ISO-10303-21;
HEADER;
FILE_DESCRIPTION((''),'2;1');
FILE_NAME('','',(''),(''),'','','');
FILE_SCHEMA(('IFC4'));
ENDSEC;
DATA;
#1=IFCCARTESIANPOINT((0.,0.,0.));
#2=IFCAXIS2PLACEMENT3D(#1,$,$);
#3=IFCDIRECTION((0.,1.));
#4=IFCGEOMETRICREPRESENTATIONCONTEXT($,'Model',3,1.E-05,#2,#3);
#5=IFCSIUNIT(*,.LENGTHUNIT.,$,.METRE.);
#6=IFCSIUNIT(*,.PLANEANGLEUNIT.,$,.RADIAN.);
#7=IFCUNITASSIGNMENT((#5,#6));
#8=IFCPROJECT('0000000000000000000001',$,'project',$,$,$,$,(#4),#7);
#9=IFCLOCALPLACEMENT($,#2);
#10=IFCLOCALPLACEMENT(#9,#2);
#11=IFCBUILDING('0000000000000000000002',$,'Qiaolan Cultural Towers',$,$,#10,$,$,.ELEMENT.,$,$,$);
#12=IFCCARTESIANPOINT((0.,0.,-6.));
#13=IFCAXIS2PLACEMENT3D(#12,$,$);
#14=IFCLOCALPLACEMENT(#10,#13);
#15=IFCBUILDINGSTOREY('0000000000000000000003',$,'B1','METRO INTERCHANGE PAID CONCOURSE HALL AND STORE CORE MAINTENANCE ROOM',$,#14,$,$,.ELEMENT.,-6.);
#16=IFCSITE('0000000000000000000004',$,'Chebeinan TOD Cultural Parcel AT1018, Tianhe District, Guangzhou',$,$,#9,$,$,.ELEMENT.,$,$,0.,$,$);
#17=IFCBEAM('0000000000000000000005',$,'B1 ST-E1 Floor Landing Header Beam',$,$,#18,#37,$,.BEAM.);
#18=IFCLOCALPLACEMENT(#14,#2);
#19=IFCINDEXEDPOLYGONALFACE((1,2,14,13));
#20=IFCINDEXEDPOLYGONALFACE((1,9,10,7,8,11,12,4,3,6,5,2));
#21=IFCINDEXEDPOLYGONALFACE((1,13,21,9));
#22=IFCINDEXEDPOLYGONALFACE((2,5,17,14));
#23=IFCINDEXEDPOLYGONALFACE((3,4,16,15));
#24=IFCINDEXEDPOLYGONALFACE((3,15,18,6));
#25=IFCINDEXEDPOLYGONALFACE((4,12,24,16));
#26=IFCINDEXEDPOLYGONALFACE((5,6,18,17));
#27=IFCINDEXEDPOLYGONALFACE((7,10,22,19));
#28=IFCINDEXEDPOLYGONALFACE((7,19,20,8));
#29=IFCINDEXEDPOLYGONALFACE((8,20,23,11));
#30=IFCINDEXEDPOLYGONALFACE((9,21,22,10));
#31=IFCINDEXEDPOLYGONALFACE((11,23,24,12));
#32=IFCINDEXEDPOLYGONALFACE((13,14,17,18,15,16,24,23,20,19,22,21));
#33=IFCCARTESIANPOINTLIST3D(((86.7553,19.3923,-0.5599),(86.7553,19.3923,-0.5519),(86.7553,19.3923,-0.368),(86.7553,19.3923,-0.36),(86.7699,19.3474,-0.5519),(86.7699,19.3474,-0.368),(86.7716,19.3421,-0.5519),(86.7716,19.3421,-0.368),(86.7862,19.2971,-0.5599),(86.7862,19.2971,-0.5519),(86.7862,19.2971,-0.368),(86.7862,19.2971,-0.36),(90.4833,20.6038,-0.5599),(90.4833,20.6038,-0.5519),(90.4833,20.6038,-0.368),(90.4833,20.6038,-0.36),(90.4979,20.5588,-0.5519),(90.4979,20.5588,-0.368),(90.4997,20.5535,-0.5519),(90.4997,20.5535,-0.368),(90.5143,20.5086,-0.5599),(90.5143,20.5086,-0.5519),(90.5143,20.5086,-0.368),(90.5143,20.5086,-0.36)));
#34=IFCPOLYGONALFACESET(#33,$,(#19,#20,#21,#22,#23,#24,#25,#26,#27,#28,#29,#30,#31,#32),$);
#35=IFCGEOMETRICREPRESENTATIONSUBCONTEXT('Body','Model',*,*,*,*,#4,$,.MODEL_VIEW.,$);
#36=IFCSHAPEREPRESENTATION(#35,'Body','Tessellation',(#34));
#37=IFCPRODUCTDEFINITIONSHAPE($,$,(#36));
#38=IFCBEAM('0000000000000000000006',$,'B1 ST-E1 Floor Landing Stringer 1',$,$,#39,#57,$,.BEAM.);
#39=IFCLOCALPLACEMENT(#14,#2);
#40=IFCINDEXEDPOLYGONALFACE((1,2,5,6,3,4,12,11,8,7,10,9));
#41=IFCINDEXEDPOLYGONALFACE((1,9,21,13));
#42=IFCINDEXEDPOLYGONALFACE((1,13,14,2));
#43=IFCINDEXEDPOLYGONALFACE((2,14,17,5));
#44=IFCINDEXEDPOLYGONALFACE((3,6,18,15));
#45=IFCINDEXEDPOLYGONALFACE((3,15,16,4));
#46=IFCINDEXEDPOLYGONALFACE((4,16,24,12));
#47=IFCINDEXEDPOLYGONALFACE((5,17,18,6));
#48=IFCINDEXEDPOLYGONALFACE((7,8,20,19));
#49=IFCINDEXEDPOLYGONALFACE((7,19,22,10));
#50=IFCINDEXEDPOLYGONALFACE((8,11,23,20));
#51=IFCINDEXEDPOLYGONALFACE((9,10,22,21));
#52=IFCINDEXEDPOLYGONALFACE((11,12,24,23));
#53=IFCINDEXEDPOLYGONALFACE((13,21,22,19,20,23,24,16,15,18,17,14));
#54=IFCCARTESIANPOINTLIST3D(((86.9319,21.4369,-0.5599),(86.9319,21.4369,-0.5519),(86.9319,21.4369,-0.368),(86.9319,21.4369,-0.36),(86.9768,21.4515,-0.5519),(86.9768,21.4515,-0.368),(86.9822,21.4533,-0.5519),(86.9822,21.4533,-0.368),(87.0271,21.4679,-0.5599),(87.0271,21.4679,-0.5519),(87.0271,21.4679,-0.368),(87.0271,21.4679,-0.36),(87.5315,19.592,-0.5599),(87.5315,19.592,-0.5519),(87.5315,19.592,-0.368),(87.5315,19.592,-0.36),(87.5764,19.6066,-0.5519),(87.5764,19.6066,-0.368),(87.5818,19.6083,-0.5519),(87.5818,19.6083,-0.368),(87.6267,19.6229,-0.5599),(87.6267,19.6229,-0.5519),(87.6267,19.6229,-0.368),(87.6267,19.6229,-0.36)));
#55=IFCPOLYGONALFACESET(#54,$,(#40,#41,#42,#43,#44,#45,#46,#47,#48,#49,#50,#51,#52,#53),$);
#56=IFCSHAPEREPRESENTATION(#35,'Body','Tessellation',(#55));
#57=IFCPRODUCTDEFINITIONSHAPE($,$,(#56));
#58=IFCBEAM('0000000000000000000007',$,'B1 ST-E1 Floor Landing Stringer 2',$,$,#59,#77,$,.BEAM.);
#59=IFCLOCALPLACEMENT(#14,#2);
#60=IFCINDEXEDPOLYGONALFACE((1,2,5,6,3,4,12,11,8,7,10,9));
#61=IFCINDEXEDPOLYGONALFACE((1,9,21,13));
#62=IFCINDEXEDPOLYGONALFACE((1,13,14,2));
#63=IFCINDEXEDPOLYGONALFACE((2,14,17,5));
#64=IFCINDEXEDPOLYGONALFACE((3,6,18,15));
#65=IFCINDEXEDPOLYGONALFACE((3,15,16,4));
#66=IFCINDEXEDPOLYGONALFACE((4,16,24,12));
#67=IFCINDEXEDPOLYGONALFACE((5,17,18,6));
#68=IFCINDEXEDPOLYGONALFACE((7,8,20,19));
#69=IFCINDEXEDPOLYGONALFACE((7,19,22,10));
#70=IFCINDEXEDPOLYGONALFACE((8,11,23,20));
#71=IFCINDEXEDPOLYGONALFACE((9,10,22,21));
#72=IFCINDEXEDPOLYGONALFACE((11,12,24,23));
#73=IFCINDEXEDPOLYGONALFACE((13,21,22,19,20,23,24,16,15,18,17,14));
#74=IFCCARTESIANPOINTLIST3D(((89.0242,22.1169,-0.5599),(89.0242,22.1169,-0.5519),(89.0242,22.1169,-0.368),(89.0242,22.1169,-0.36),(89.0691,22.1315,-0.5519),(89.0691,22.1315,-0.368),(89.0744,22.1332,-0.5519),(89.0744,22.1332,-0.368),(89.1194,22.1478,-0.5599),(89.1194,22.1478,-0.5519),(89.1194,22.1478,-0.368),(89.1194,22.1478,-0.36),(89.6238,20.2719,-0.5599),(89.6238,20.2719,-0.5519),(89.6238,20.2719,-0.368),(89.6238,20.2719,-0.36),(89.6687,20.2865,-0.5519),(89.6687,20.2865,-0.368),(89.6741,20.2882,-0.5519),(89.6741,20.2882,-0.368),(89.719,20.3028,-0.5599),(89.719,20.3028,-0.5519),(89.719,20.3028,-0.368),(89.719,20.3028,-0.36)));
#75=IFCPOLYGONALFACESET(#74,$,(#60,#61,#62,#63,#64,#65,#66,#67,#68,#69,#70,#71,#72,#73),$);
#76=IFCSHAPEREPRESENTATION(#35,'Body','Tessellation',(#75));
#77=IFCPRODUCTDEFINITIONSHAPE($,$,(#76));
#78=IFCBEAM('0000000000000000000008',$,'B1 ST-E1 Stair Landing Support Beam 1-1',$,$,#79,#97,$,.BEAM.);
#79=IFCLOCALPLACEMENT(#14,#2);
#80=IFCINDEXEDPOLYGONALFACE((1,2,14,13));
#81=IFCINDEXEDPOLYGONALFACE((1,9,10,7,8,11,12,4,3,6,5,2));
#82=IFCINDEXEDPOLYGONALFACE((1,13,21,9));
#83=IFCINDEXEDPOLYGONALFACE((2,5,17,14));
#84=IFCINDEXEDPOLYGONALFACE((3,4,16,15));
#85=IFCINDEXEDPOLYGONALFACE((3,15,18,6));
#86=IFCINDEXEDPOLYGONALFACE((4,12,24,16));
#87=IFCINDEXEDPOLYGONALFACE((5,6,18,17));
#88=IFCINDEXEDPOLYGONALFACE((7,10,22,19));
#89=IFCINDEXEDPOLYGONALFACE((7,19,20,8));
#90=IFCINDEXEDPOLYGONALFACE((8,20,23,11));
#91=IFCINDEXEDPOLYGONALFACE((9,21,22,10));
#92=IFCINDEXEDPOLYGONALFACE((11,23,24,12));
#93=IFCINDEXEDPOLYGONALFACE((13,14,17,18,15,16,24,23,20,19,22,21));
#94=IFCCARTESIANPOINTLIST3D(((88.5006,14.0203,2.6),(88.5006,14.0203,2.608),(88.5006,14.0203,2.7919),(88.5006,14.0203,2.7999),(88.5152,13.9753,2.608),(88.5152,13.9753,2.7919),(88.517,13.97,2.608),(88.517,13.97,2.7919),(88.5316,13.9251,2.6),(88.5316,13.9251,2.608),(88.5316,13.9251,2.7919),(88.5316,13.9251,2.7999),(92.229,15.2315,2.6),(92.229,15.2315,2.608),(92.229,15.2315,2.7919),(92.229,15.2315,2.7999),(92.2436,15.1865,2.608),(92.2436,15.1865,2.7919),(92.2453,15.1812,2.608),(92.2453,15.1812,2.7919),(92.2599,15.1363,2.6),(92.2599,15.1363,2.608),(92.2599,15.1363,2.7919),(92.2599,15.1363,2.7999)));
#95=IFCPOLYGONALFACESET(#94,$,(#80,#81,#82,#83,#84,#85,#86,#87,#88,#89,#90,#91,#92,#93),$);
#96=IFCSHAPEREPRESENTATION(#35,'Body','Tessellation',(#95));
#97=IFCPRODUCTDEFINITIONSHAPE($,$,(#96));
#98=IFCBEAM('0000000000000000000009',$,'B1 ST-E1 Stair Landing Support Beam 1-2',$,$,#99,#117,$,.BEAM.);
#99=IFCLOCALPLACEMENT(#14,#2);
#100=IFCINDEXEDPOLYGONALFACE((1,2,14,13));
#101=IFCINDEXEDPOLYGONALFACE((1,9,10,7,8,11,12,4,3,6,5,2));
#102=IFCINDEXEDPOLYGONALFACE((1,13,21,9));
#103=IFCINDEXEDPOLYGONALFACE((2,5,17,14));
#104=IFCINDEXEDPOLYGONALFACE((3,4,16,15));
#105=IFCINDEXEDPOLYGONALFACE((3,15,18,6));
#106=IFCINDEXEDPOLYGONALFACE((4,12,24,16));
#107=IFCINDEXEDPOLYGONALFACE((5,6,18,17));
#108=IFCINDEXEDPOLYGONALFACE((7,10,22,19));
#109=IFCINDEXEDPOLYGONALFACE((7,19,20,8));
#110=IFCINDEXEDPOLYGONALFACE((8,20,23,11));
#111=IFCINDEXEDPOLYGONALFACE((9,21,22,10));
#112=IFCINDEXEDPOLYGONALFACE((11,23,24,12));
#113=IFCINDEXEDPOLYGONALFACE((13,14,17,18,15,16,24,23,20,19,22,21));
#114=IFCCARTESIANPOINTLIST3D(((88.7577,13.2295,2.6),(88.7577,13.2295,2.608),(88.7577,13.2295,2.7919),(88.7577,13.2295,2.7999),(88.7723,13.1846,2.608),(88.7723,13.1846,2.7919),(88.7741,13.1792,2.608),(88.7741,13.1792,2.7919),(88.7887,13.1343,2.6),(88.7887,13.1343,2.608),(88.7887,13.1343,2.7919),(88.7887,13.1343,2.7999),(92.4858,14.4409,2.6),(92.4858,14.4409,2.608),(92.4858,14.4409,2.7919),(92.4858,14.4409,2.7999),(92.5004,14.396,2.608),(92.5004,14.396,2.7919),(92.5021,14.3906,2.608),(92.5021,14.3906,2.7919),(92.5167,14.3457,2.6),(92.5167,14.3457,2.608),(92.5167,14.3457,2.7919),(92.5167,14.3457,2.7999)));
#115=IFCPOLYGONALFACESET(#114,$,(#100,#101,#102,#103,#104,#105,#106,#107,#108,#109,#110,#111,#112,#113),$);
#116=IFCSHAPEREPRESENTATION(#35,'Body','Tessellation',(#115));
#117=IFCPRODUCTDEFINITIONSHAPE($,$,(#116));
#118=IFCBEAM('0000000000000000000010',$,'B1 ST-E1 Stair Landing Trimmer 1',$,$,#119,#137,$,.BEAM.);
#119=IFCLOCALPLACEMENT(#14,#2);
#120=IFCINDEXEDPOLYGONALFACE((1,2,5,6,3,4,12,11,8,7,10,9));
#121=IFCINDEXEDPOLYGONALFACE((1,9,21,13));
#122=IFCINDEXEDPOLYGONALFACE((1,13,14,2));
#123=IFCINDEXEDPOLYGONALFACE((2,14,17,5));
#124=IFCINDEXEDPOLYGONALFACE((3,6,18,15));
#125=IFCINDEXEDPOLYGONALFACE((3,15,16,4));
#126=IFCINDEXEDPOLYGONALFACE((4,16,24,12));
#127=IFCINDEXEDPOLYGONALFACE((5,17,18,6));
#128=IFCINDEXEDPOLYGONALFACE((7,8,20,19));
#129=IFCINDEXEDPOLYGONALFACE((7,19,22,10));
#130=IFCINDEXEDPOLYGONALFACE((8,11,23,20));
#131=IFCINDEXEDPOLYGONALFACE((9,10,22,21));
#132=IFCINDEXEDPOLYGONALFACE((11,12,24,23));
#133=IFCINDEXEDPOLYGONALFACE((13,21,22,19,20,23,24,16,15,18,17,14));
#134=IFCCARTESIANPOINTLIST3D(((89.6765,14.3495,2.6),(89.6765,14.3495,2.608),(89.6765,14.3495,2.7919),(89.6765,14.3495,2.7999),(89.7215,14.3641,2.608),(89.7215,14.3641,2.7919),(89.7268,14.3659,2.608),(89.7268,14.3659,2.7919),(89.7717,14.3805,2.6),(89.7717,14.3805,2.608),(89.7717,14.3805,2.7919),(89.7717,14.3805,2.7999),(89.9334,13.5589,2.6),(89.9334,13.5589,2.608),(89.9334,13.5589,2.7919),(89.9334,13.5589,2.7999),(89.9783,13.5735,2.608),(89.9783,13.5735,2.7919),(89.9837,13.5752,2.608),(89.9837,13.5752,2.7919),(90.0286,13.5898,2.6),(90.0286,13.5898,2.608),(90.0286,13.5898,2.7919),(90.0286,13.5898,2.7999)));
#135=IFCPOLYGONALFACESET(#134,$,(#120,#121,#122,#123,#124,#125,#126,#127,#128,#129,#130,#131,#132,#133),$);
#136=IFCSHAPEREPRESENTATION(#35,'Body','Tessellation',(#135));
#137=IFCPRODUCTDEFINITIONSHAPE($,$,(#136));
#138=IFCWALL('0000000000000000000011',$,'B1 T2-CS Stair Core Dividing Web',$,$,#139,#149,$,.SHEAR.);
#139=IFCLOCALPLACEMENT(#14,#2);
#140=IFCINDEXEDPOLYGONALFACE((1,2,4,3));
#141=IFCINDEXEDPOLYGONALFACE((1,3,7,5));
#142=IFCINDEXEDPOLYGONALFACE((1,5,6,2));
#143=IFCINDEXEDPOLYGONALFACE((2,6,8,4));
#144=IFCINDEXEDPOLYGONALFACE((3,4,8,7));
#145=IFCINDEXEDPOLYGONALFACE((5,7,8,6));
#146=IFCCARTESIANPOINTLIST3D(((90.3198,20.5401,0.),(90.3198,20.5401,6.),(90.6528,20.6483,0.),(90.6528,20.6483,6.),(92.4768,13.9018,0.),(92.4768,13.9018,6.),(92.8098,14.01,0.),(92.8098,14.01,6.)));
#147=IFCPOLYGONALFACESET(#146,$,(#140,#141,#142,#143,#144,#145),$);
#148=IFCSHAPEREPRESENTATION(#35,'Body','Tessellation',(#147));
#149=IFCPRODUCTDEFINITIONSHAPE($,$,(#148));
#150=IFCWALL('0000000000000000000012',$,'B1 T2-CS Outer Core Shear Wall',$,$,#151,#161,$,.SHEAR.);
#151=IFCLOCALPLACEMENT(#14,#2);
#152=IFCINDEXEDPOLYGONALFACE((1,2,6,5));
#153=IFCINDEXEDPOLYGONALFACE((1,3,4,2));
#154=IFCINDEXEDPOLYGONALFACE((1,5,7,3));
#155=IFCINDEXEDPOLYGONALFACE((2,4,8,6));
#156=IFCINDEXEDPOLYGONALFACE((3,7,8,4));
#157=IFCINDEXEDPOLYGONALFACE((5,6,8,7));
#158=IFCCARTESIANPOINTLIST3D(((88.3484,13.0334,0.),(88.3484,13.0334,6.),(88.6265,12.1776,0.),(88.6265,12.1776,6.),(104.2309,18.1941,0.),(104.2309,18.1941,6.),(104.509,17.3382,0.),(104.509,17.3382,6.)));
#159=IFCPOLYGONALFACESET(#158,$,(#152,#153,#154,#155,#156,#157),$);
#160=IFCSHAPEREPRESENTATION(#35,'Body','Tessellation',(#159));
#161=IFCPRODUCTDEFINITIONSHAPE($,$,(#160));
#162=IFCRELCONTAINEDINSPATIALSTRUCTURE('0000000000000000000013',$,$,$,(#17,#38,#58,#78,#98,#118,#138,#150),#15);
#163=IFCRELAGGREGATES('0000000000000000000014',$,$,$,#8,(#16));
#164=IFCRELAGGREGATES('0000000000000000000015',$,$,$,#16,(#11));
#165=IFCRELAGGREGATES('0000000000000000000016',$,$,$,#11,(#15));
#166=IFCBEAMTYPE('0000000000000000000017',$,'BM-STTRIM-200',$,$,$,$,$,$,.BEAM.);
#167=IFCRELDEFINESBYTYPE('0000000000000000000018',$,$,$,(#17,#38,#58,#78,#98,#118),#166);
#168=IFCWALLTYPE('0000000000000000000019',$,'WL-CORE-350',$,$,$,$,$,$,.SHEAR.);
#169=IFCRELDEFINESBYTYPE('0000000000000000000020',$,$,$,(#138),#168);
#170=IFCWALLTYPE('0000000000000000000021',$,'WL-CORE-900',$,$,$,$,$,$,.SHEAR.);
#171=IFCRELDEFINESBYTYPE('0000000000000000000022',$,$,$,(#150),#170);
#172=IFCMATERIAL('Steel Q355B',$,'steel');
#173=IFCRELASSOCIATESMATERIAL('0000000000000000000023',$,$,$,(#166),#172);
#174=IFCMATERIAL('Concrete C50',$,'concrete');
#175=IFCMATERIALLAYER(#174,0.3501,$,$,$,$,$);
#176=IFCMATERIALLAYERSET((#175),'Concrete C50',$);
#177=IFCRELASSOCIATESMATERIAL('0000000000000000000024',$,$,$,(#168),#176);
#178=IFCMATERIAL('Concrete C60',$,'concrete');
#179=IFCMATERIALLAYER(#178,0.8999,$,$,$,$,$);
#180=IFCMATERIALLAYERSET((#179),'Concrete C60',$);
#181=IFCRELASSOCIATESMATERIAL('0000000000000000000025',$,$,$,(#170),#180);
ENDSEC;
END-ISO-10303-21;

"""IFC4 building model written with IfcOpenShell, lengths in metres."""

from ifc_helpers import new_model, si_unit, direction, frame, frame_2d, origin, origin_2d, place, context, subcontext, project, spatial, rectangle, i_section, extrude, material, layer, layer_set, material_profile, profile_set, type_object, element, save


model = new_model("IFC4")

# Units and contexts
model_context = context("Model", 3, precision=1e-05, world=origin(), true_north=direction((0.0, 1.0)))
body_context = subcontext(model_context, "Body", "Model", "MODEL_VIEW")
ifc_project = project(units=[si_unit("LENGTHUNIT", "METRE"), si_unit("PLANEANGLEUNIT", "RADIAN")], contexts=[model_context])

# Site, building, storey
site_placement = place(None, origin())
site = spatial("IfcSite", under=ifc_project, at=site_placement, Name="Chebeinan TOD Cultural Parcel AT1018, Tianhe District, Guangzhou", CompositionType="ELEMENT", RefElevation=0.0)
building_placement = place(site_placement, origin())
building = spatial("IfcBuilding", under=site, at=building_placement, Name="Qiaolan Cultural Towers", CompositionType="ELEMENT")
storey_placement = place(building_placement, frame((0.0, 0.0, -6.0)))
storey = spatial("IfcBuildingStorey", under=building, at=storey_placement, Name="B1", Description="METRO INTERCHANGE PAID CONCOURSE HALL AND STORE CORE MAINTENANCE ROOM", CompositionType="ELEMENT", Elevation=-6.0)

# Beams
ifc_material_1 = material(Name="Steel Q355B", Category="steel")
ifc_material_profile = material_profile(ifc_material_1, i_section(OverallWidth=0.1001, OverallDepth=0.2, WebThickness=0.0056, FlangeThickness=0.0081, at=origin_2d()), Name="HN200x100x5.5x8")
ifc_profile_set = profile_set([ifc_material_profile], Name="Steel Q355B")
beam_type = type_object("IfcBeamType", Name="BM-STTRIM-200", PredefinedType="BEAM", material=ifc_profile_set)
beam_1_placement = place(storey_placement, frame((86.7708, 19.3447, -0.46), z_axis=(0.951048, 0.309044, 0.0), x_axis=(-0.309044, 0.951048, 0.0)))
element("IfcBeam", 1, at=beam_1_placement, inside=storey, type_object=beam_type, Name="B1 ST-E1 Floor Landing Header Beam", PredefinedType="BEAM", context=body_context, shape_type="SweptSolid", body=[
    extrude(i_section(OverallWidth=0.1001, OverallDepth=0.2, WebThickness=0.0056, FlangeThickness=0.0081, at=origin_2d()), origin(), (0.0, 0.0, 1.0), 3.9199),
])
for number, where, z_axis, x_axis, name in (
    (2, (86.9795, 21.4524, -0.46), (0.309083, -0.951035, 0.0), (0.951035, 0.309083, 0.0), "B1 ST-E1 Floor Landing Stringer 1"),
    (3, (89.0718, 22.1323, -0.46), (0.309083, -0.951035, 0.0), (0.951035, 0.309083, 0.0), "B1 ST-E1 Floor Landing Stringer 2"),
):
    element("IfcBeam", number, at=place(storey_placement, frame(where, z_axis=z_axis, x_axis=x_axis)), inside=storey, type_object=beam_type, Name=name, PredefinedType="BEAM", context=body_context, shape_type="SweptSolid", body=[
        extrude(i_section(OverallWidth=0.1001, OverallDepth=0.2, WebThickness=0.0056, FlangeThickness=0.0081, at=origin_2d()), origin(), (0.0, 0.0, 1.0), 1.9399),
    ])
beam_2_placement = place(storey_placement, frame((88.5161, 13.9727, 2.7), z_axis=(0.951072, 0.308969, 0.0), x_axis=(-0.308969, 0.951072, 0.0)))
element("IfcBeam", 4, at=beam_2_placement, inside=storey, type_object=beam_type, Name="B1 ST-E1 Stair Landing Support Beam 1-1", PredefinedType="BEAM", context=body_context, shape_type="SweptSolid", body=[
    extrude(i_section(OverallWidth=0.1001, OverallDepth=0.2, WebThickness=0.0056, FlangeThickness=0.0081, at=origin_2d()), origin(), (0.0, 0.0, 1.0), 3.9202),
])
beam_3_placement = place(storey_placement, frame((88.7732, 13.1819, 2.7), z_axis=(0.951048, 0.309044, 0.0), x_axis=(-0.309044, 0.951048, 0.0)))
element("IfcBeam", 5, at=beam_3_placement, inside=storey, type_object=beam_type, Name="B1 ST-E1 Stair Landing Support Beam 1-2", PredefinedType="BEAM", context=body_context, shape_type="SweptSolid", body=[
    extrude(i_section(OverallWidth=0.1001, OverallDepth=0.2, WebThickness=0.0056, FlangeThickness=0.0081, at=origin_2d()), origin(), (0.0, 0.0, 1.0), 3.9199),
])
beam_4_placement = place(storey_placement, frame((89.7241, 14.365, 2.7), z_axis=(0.308993, -0.951064, 0.0), x_axis=(0.951064, 0.308993, 0.0)))
element("IfcBeam", 6, at=beam_4_placement, inside=storey, type_object=beam_type, Name="B1 ST-E1 Stair Landing Trimmer 1", PredefinedType="BEAM", context=body_context, shape_type="SweptSolid", body=[
    extrude(i_section(OverallWidth=0.1001, OverallDepth=0.2, WebThickness=0.0056, FlangeThickness=0.0081, at=origin_2d()), origin(), (0.0, 0.0, 1.0), 0.8313),
])

# Walls
ifc_material_2 = material(Name="Concrete C50", Category="concrete")
ifc_layer_1 = layer(ifc_material_2, 0.3501)
ifc_layer_set_1 = layer_set([ifc_layer_1], Name="Concrete C50")
wall_type_1 = type_object("IfcWallType", Name="WL-CORE-350", PredefinedType="SHEAR", material=ifc_layer_set_1)
wall_1_placement = place(storey_placement, frame((90.4863, 20.5942, 0.0), z_axis=(0.0, 0.0, 1.0), x_axis=(0.30902, -0.951055, 0.0)))
element("IfcWall", 7, at=wall_1_placement, inside=storey, type_object=wall_type_1, Name="B1 T2-CS Stair Core Dividing Web", PredefinedType="SHEAR", context=body_context, shape_type="SweptSolid", body=[
    extrude(rectangle(XDim=6.98, YDim=0.3501, at=frame_2d((3.49, 0.0))), origin(), (0.0, 0.0, 1.0), 6.0),
])
ifc_material_3 = material(Name="Concrete C60", Category="concrete")
ifc_layer_2 = layer(ifc_material_3, 0.8999)
ifc_layer_set_2 = layer_set([ifc_layer_2], Name="Concrete C60")
wall_type_2 = type_object("IfcWallType", Name="WL-CORE-900", PredefinedType="SHEAR", material=ifc_layer_set_2)
wall_2_placement = place(storey_placement, frame((88.4873, 12.6055, 0.0), z_axis=(0.0, 0.0, 1.0), x_axis=(0.951055, 0.309022, 0.0)))
element("IfcWall", 8, at=wall_2_placement, inside=storey, type_object=wall_type_2, Name="B1 T2-CS Outer Core Shear Wall", PredefinedType="SHEAR", context=body_context, shape_type="SweptSolid", body=[
    extrude(rectangle(XDim=16.7, YDim=0.8999, at=frame_2d((8.3501, 0.0))), origin(), (0.0, 0.0, 1.0), 6.0),
])

save(model, "model.ifc")
